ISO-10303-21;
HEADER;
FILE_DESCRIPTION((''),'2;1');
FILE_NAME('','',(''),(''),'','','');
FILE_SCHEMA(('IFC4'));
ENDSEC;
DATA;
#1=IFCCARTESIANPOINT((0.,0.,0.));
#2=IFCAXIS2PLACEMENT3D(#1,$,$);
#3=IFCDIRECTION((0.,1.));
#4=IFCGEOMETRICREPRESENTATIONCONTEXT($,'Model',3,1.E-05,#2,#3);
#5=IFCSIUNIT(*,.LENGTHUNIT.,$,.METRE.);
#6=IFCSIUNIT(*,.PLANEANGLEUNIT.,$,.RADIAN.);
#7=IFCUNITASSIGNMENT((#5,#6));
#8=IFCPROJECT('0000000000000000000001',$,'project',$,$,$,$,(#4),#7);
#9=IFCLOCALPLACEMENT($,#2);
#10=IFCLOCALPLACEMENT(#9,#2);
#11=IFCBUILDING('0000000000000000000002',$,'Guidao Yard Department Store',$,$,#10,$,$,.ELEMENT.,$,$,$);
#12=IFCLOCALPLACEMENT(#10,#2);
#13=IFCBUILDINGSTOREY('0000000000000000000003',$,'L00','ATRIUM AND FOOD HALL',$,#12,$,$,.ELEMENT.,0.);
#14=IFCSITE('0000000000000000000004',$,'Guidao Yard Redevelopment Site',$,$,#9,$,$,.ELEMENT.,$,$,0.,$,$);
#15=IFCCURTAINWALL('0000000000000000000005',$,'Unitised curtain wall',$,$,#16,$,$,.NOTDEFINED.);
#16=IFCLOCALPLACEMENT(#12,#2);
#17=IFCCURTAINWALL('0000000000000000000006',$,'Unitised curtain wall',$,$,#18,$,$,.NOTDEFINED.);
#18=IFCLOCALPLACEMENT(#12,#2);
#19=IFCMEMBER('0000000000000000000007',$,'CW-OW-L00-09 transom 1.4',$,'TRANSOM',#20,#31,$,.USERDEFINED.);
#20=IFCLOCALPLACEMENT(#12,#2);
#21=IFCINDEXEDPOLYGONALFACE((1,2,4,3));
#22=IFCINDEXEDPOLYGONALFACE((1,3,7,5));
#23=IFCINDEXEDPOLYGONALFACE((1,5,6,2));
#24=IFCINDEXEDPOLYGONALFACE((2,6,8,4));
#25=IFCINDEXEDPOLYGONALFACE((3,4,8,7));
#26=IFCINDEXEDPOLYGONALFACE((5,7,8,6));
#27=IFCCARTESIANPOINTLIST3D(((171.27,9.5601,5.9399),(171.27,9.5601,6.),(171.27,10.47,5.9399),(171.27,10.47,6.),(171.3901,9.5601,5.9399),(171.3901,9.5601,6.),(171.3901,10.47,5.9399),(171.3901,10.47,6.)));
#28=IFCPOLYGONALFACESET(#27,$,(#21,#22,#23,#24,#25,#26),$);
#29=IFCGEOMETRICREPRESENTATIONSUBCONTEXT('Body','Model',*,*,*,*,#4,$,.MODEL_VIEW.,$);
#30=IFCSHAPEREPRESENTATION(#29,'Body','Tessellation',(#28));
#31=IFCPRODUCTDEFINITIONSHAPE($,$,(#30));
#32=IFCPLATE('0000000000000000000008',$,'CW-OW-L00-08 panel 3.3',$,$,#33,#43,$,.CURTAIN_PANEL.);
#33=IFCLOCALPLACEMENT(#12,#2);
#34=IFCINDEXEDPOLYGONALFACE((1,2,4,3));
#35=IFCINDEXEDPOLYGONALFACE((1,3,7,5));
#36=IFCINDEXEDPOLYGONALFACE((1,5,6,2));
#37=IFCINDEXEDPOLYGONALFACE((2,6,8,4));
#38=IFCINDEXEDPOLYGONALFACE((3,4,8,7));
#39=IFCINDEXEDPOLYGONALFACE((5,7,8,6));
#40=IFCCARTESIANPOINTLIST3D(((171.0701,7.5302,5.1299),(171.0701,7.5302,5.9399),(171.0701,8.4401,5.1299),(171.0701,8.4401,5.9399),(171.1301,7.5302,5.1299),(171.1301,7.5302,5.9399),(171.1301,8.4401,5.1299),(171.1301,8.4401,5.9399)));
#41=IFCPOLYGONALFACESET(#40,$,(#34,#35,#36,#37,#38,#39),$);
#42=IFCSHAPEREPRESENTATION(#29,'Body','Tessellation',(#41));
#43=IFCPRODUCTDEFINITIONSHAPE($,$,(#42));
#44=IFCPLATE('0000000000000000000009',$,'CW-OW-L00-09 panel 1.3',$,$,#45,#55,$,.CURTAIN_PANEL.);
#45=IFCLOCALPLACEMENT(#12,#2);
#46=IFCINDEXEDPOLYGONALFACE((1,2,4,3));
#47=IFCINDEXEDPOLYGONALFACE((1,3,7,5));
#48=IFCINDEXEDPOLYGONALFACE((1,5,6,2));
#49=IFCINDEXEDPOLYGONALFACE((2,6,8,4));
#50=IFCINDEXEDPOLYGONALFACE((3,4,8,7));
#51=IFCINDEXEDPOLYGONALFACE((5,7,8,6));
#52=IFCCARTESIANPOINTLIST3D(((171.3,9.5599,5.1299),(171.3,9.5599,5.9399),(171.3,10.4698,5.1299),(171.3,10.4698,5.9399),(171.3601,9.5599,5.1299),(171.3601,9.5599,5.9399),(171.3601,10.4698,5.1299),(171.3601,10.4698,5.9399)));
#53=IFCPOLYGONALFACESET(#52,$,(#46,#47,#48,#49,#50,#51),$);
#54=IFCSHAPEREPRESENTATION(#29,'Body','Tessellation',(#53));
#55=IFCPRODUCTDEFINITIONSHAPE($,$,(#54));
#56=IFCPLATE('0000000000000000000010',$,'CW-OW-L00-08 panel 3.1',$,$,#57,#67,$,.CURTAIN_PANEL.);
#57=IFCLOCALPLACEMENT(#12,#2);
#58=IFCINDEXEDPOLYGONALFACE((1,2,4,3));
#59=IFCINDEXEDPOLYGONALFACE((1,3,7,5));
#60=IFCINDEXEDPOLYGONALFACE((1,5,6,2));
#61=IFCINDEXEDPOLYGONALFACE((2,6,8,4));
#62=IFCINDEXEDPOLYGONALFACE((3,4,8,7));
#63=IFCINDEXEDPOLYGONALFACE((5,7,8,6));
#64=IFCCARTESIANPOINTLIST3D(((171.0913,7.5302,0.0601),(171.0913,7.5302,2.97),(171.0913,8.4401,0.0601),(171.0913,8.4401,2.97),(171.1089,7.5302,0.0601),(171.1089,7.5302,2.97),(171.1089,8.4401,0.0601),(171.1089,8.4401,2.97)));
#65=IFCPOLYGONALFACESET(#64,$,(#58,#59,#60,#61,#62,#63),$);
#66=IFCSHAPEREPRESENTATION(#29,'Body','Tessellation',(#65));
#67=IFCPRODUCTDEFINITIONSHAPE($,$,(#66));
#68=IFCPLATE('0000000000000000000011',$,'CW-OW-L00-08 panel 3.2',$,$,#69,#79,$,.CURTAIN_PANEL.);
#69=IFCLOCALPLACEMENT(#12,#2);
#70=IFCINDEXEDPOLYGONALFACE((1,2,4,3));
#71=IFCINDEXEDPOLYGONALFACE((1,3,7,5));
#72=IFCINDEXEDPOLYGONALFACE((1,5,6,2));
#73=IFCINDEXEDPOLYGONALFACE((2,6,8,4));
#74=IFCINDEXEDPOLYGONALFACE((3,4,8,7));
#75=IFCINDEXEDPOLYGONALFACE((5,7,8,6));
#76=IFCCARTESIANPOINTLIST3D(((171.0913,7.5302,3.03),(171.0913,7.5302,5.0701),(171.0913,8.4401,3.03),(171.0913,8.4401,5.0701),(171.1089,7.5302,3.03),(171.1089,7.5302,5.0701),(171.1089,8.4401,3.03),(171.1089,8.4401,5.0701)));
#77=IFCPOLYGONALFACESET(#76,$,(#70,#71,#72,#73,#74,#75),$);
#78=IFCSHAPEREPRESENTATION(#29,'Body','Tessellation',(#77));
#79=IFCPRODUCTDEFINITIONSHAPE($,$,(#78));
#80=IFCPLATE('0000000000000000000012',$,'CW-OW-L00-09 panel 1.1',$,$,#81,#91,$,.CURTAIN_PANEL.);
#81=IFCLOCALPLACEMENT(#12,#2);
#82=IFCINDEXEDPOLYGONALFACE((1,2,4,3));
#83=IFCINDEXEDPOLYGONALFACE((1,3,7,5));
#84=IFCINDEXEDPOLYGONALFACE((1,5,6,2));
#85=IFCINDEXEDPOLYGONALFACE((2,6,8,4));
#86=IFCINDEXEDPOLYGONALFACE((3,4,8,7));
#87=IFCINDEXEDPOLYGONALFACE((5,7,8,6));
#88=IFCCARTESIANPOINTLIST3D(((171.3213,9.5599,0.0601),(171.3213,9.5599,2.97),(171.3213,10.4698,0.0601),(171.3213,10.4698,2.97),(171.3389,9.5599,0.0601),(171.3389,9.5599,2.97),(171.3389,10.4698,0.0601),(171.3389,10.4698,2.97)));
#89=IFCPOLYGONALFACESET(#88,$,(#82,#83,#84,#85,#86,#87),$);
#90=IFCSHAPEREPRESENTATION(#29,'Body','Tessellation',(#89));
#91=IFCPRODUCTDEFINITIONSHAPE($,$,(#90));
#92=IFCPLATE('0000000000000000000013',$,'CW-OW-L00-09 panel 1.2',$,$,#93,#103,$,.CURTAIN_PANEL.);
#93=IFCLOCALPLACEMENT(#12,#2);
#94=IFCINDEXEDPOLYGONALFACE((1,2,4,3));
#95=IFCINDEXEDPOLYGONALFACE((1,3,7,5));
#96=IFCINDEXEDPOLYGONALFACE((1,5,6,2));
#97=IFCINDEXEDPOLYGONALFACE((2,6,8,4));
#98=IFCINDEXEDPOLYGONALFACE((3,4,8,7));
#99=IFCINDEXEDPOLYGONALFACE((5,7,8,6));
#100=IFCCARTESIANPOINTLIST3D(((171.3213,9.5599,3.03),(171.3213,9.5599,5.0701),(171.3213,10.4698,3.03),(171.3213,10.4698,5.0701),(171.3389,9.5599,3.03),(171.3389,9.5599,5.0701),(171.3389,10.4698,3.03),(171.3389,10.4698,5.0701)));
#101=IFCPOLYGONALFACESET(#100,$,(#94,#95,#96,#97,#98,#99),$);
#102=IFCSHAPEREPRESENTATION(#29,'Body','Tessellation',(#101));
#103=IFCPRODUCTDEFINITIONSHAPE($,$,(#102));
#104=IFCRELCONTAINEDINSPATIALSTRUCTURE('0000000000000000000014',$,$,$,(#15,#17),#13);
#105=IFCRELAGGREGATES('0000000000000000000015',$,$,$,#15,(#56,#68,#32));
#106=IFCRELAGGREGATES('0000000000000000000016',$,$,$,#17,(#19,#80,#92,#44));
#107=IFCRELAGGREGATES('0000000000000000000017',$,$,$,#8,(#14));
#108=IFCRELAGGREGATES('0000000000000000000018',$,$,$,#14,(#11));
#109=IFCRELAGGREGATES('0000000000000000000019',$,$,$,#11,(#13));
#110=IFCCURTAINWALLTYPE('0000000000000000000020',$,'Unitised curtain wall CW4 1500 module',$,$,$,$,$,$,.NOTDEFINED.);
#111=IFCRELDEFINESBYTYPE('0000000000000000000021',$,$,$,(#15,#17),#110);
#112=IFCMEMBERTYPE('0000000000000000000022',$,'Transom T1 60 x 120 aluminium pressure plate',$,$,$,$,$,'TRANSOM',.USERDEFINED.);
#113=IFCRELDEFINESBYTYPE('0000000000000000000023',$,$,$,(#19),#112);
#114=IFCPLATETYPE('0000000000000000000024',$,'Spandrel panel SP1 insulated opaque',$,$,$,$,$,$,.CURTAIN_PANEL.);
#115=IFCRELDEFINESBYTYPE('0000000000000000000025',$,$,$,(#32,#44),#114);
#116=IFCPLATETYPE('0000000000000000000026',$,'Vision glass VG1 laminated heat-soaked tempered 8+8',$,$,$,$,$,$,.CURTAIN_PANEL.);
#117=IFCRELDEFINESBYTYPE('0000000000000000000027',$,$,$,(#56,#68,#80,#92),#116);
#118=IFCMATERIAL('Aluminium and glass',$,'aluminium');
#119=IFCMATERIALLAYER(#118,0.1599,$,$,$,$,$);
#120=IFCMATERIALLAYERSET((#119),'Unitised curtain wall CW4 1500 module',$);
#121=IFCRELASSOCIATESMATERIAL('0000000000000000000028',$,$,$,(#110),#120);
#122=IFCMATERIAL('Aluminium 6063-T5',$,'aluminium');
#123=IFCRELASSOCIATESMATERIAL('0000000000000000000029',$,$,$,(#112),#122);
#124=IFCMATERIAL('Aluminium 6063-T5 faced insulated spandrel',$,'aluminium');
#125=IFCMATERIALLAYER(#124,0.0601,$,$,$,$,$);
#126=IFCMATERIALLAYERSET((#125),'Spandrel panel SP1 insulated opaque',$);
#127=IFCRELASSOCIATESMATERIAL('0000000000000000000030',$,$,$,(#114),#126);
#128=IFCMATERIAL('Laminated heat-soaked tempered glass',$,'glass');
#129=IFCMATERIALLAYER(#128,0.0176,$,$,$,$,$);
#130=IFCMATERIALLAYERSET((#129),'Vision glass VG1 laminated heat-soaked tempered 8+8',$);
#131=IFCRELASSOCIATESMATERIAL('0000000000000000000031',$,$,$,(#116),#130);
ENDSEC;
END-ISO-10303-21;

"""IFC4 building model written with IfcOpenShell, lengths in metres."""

from ifc_helpers import new_model, si_unit, direction, frame, origin, origin_2d, place, context, subcontext, project, spatial, rectangle, extrude, material, layer, layer_set, material_profile, profile_set, type_object, element, aggregate, save


model = new_model("IFC4")

# Units and contexts
model_context = context("Model", 3, precision=1e-05, world=origin(), true_north=direction((0.0, 1.0)))
body_context = subcontext(model_context, "Body", "Model", "MODEL_VIEW")
ifc_project = project(units=[si_unit("LENGTHUNIT", "METRE"), si_unit("PLANEANGLEUNIT", "RADIAN")], contexts=[model_context])

# Site, building, storey
site_placement = place(None, origin())
site = spatial("IfcSite", under=ifc_project, at=site_placement, Name="Guidao Yard Redevelopment Site", CompositionType="ELEMENT", RefElevation=0.0)
building_placement = place(site_placement, origin())
building = spatial("IfcBuilding", under=site, at=building_placement, Name="Guidao Yard Department Store", CompositionType="ELEMENT")
storey_placement = place(building_placement, origin())
storey = spatial("IfcBuildingStorey", under=building, at=storey_placement, Name="L00", Description="ATRIUM AND FOOD HALL", CompositionType="ELEMENT", Elevation=0.0)

# Curtain wall
ifc_material_1 = material(Name="Aluminium and glass", Category="aluminium")
ifc_layer_1 = layer(ifc_material_1, 0.1599)
ifc_layer_set_1 = layer_set([ifc_layer_1], Name="Unitised curtain wall CW4 1500 module")
curtain_wall_type = type_object("IfcCurtainWallType", Name="Unitised curtain wall CW4 1500 module", PredefinedType="NOTDEFINED", material=ifc_layer_set_1)
curtain_wall_1_placement = place(storey_placement, origin())
curtain_wall_1 = element("IfcCurtainWall", 1, at=curtain_wall_1_placement, inside=storey, type_object=curtain_wall_type, Name="Unitised curtain wall", PredefinedType="NOTDEFINED")

# Curtain wall
curtain_wall_2_placement = place(storey_placement, origin())
curtain_wall_2 = element("IfcCurtainWall", 2, at=curtain_wall_2_placement, inside=storey, type_object=curtain_wall_type, Name="Unitised curtain wall", PredefinedType="NOTDEFINED")

# Member
ifc_material_2 = material(Name="Aluminium 6063-T5", Category="aluminium")
ifc_material_profile_1 = material_profile(ifc_material_2, rectangle(XDim=0.1201, YDim=0.0601, at=origin_2d()), Name="Transom T1 60 x 120 aluminium pressure plate")
ifc_profile_set_1 = profile_set([ifc_material_profile_1], Name="Aluminium 6063-T5")
member_type_1 = type_object("IfcMemberType", Name="Transom T1 60 x 120 aluminium pressure plate", ElementType="TRANSOM", PredefinedType="USERDEFINED", material=ifc_profile_set_1)
member_1_placement = place(storey_placement, frame((171.3301, 10.47, 5.97), z_axis=(0.0, -1.0, 0.0), x_axis=(1.0, 0.0, 0.0)))
member_1 = element("IfcMember", 3, at=member_1_placement, type_object=member_type_1, Name="CW-OW-L00-09 transom 1.4", ObjectType="TRANSOM", PredefinedType="USERDEFINED", context=body_context, shape_type="SweptSolid", body=[
    extrude(rectangle(XDim=0.1201, YDim=0.0601, at=origin_2d()), origin(), (0.0, 0.0, 1.0), 0.9099),
])

# Plates
ifc_material_3 = material(Name="Aluminium 6063-T5 faced insulated spandrel", Category="aluminium")
ifc_layer_2 = layer(ifc_material_3, 0.0601)
ifc_layer_set_2 = layer_set([ifc_layer_2], Name="Spandrel panel SP1 insulated opaque")
plate_type_1 = type_object("IfcPlateType", Name="Spandrel panel SP1 insulated opaque", PredefinedType="CURTAIN_PANEL", material=ifc_layer_set_2)
plate_1_placement = place(storey_placement, frame((171.1001, 7.9851, 5.1299), z_axis=(0.0, 0.0, 1.0), x_axis=(0.0, -1.0, 0.0)))
plate_1 = element("IfcPlate", 4, at=plate_1_placement, type_object=plate_type_1, Name="CW-OW-L00-08 panel 3.3", PredefinedType="CURTAIN_PANEL", context=body_context, shape_type="SweptSolid", body=[
    extrude(rectangle(XDim=0.9099, YDim=0.0601, at=origin_2d()), origin(), (0.0, 0.0, 1.0), 0.8101),
])
plate_2_placement = place(storey_placement, frame((171.3301, 10.0149, 5.1299), z_axis=(0.0, 0.0, 1.0), x_axis=(0.0, -1.0, 0.0)))
plate_2 = element("IfcPlate", 5, at=plate_2_placement, type_object=plate_type_1, Name="CW-OW-L00-09 panel 1.3", PredefinedType="CURTAIN_PANEL", context=body_context, shape_type="SweptSolid", body=[
    extrude(rectangle(XDim=0.9099, YDim=0.0601, at=origin_2d()), origin(), (0.0, 0.0, 1.0), 0.8101),
])
ifc_material_4 = material(Name="Laminated heat-soaked tempered glass", Category="glass")
ifc_layer_3 = layer(ifc_material_4, 0.0176)
ifc_layer_set_3 = layer_set([ifc_layer_3], Name="Vision glass VG1 laminated heat-soaked tempered 8+8")
plate_type_2 = type_object("IfcPlateType", Name="Vision glass VG1 laminated heat-soaked tempered 8+8", PredefinedType="CURTAIN_PANEL", material=ifc_layer_set_3)
plate_3_placement = place(storey_placement, frame((171.1001, 7.9851, 0.0601), z_axis=(0.0, 0.0, 1.0), x_axis=(0.0, -1.0, 0.0)))
plate_3 = element("IfcPlate", 6, at=plate_3_placement, type_object=plate_type_2, Name="CW-OW-L00-08 panel 3.1", PredefinedType="CURTAIN_PANEL", context=body_context, shape_type="SweptSolid", body=[
    extrude(rectangle(XDim=0.9099, YDim=0.0176, at=origin_2d()), origin(), (0.0, 0.0, 1.0), 2.9099),
])
plate_4_placement = place(storey_placement, frame((171.1001, 7.9851, 3.03), z_axis=(0.0, 0.0, 1.0), x_axis=(0.0, -1.0, 0.0)))
plate_4 = element("IfcPlate", 7, at=plate_4_placement, type_object=plate_type_2, Name="CW-OW-L00-08 panel 3.2", PredefinedType="CURTAIN_PANEL", context=body_context, shape_type="SweptSolid", body=[
    extrude(rectangle(XDim=0.9099, YDim=0.0176, at=origin_2d()), origin(), (0.0, 0.0, 1.0), 2.04),
])
aggregate(curtain_wall_1, [plate_3, plate_4, plate_1])
plate_5_placement = place(storey_placement, frame((171.3301, 10.0149, 0.0601), z_axis=(0.0, 0.0, 1.0), x_axis=(0.0, -1.0, 0.0)))
plate_5 = element("IfcPlate", 8, at=plate_5_placement, type_object=plate_type_2, Name="CW-OW-L00-09 panel 1.1", PredefinedType="CURTAIN_PANEL", context=body_context, shape_type="SweptSolid", body=[
    extrude(rectangle(XDim=0.9099, YDim=0.0176, at=origin_2d()), origin(), (0.0, 0.0, 1.0), 2.9099),
])
plate_6_placement = place(storey_placement, frame((171.3301, 10.0149, 3.03), z_axis=(0.0, 0.0, 1.0), x_axis=(0.0, -1.0, 0.0)))
plate_6 = element("IfcPlate", 9, at=plate_6_placement, type_object=plate_type_2, Name="CW-OW-L00-09 panel 1.2", PredefinedType="CURTAIN_PANEL", context=body_context, shape_type="SweptSolid", body=[
    extrude(rectangle(XDim=0.9099, YDim=0.0176, at=origin_2d()), origin(), (0.0, 0.0, 1.0), 2.04),
])
aggregate(curtain_wall_2, [member_1, plate_5, plate_6, plate_2])

save(model, "model.ifc")
